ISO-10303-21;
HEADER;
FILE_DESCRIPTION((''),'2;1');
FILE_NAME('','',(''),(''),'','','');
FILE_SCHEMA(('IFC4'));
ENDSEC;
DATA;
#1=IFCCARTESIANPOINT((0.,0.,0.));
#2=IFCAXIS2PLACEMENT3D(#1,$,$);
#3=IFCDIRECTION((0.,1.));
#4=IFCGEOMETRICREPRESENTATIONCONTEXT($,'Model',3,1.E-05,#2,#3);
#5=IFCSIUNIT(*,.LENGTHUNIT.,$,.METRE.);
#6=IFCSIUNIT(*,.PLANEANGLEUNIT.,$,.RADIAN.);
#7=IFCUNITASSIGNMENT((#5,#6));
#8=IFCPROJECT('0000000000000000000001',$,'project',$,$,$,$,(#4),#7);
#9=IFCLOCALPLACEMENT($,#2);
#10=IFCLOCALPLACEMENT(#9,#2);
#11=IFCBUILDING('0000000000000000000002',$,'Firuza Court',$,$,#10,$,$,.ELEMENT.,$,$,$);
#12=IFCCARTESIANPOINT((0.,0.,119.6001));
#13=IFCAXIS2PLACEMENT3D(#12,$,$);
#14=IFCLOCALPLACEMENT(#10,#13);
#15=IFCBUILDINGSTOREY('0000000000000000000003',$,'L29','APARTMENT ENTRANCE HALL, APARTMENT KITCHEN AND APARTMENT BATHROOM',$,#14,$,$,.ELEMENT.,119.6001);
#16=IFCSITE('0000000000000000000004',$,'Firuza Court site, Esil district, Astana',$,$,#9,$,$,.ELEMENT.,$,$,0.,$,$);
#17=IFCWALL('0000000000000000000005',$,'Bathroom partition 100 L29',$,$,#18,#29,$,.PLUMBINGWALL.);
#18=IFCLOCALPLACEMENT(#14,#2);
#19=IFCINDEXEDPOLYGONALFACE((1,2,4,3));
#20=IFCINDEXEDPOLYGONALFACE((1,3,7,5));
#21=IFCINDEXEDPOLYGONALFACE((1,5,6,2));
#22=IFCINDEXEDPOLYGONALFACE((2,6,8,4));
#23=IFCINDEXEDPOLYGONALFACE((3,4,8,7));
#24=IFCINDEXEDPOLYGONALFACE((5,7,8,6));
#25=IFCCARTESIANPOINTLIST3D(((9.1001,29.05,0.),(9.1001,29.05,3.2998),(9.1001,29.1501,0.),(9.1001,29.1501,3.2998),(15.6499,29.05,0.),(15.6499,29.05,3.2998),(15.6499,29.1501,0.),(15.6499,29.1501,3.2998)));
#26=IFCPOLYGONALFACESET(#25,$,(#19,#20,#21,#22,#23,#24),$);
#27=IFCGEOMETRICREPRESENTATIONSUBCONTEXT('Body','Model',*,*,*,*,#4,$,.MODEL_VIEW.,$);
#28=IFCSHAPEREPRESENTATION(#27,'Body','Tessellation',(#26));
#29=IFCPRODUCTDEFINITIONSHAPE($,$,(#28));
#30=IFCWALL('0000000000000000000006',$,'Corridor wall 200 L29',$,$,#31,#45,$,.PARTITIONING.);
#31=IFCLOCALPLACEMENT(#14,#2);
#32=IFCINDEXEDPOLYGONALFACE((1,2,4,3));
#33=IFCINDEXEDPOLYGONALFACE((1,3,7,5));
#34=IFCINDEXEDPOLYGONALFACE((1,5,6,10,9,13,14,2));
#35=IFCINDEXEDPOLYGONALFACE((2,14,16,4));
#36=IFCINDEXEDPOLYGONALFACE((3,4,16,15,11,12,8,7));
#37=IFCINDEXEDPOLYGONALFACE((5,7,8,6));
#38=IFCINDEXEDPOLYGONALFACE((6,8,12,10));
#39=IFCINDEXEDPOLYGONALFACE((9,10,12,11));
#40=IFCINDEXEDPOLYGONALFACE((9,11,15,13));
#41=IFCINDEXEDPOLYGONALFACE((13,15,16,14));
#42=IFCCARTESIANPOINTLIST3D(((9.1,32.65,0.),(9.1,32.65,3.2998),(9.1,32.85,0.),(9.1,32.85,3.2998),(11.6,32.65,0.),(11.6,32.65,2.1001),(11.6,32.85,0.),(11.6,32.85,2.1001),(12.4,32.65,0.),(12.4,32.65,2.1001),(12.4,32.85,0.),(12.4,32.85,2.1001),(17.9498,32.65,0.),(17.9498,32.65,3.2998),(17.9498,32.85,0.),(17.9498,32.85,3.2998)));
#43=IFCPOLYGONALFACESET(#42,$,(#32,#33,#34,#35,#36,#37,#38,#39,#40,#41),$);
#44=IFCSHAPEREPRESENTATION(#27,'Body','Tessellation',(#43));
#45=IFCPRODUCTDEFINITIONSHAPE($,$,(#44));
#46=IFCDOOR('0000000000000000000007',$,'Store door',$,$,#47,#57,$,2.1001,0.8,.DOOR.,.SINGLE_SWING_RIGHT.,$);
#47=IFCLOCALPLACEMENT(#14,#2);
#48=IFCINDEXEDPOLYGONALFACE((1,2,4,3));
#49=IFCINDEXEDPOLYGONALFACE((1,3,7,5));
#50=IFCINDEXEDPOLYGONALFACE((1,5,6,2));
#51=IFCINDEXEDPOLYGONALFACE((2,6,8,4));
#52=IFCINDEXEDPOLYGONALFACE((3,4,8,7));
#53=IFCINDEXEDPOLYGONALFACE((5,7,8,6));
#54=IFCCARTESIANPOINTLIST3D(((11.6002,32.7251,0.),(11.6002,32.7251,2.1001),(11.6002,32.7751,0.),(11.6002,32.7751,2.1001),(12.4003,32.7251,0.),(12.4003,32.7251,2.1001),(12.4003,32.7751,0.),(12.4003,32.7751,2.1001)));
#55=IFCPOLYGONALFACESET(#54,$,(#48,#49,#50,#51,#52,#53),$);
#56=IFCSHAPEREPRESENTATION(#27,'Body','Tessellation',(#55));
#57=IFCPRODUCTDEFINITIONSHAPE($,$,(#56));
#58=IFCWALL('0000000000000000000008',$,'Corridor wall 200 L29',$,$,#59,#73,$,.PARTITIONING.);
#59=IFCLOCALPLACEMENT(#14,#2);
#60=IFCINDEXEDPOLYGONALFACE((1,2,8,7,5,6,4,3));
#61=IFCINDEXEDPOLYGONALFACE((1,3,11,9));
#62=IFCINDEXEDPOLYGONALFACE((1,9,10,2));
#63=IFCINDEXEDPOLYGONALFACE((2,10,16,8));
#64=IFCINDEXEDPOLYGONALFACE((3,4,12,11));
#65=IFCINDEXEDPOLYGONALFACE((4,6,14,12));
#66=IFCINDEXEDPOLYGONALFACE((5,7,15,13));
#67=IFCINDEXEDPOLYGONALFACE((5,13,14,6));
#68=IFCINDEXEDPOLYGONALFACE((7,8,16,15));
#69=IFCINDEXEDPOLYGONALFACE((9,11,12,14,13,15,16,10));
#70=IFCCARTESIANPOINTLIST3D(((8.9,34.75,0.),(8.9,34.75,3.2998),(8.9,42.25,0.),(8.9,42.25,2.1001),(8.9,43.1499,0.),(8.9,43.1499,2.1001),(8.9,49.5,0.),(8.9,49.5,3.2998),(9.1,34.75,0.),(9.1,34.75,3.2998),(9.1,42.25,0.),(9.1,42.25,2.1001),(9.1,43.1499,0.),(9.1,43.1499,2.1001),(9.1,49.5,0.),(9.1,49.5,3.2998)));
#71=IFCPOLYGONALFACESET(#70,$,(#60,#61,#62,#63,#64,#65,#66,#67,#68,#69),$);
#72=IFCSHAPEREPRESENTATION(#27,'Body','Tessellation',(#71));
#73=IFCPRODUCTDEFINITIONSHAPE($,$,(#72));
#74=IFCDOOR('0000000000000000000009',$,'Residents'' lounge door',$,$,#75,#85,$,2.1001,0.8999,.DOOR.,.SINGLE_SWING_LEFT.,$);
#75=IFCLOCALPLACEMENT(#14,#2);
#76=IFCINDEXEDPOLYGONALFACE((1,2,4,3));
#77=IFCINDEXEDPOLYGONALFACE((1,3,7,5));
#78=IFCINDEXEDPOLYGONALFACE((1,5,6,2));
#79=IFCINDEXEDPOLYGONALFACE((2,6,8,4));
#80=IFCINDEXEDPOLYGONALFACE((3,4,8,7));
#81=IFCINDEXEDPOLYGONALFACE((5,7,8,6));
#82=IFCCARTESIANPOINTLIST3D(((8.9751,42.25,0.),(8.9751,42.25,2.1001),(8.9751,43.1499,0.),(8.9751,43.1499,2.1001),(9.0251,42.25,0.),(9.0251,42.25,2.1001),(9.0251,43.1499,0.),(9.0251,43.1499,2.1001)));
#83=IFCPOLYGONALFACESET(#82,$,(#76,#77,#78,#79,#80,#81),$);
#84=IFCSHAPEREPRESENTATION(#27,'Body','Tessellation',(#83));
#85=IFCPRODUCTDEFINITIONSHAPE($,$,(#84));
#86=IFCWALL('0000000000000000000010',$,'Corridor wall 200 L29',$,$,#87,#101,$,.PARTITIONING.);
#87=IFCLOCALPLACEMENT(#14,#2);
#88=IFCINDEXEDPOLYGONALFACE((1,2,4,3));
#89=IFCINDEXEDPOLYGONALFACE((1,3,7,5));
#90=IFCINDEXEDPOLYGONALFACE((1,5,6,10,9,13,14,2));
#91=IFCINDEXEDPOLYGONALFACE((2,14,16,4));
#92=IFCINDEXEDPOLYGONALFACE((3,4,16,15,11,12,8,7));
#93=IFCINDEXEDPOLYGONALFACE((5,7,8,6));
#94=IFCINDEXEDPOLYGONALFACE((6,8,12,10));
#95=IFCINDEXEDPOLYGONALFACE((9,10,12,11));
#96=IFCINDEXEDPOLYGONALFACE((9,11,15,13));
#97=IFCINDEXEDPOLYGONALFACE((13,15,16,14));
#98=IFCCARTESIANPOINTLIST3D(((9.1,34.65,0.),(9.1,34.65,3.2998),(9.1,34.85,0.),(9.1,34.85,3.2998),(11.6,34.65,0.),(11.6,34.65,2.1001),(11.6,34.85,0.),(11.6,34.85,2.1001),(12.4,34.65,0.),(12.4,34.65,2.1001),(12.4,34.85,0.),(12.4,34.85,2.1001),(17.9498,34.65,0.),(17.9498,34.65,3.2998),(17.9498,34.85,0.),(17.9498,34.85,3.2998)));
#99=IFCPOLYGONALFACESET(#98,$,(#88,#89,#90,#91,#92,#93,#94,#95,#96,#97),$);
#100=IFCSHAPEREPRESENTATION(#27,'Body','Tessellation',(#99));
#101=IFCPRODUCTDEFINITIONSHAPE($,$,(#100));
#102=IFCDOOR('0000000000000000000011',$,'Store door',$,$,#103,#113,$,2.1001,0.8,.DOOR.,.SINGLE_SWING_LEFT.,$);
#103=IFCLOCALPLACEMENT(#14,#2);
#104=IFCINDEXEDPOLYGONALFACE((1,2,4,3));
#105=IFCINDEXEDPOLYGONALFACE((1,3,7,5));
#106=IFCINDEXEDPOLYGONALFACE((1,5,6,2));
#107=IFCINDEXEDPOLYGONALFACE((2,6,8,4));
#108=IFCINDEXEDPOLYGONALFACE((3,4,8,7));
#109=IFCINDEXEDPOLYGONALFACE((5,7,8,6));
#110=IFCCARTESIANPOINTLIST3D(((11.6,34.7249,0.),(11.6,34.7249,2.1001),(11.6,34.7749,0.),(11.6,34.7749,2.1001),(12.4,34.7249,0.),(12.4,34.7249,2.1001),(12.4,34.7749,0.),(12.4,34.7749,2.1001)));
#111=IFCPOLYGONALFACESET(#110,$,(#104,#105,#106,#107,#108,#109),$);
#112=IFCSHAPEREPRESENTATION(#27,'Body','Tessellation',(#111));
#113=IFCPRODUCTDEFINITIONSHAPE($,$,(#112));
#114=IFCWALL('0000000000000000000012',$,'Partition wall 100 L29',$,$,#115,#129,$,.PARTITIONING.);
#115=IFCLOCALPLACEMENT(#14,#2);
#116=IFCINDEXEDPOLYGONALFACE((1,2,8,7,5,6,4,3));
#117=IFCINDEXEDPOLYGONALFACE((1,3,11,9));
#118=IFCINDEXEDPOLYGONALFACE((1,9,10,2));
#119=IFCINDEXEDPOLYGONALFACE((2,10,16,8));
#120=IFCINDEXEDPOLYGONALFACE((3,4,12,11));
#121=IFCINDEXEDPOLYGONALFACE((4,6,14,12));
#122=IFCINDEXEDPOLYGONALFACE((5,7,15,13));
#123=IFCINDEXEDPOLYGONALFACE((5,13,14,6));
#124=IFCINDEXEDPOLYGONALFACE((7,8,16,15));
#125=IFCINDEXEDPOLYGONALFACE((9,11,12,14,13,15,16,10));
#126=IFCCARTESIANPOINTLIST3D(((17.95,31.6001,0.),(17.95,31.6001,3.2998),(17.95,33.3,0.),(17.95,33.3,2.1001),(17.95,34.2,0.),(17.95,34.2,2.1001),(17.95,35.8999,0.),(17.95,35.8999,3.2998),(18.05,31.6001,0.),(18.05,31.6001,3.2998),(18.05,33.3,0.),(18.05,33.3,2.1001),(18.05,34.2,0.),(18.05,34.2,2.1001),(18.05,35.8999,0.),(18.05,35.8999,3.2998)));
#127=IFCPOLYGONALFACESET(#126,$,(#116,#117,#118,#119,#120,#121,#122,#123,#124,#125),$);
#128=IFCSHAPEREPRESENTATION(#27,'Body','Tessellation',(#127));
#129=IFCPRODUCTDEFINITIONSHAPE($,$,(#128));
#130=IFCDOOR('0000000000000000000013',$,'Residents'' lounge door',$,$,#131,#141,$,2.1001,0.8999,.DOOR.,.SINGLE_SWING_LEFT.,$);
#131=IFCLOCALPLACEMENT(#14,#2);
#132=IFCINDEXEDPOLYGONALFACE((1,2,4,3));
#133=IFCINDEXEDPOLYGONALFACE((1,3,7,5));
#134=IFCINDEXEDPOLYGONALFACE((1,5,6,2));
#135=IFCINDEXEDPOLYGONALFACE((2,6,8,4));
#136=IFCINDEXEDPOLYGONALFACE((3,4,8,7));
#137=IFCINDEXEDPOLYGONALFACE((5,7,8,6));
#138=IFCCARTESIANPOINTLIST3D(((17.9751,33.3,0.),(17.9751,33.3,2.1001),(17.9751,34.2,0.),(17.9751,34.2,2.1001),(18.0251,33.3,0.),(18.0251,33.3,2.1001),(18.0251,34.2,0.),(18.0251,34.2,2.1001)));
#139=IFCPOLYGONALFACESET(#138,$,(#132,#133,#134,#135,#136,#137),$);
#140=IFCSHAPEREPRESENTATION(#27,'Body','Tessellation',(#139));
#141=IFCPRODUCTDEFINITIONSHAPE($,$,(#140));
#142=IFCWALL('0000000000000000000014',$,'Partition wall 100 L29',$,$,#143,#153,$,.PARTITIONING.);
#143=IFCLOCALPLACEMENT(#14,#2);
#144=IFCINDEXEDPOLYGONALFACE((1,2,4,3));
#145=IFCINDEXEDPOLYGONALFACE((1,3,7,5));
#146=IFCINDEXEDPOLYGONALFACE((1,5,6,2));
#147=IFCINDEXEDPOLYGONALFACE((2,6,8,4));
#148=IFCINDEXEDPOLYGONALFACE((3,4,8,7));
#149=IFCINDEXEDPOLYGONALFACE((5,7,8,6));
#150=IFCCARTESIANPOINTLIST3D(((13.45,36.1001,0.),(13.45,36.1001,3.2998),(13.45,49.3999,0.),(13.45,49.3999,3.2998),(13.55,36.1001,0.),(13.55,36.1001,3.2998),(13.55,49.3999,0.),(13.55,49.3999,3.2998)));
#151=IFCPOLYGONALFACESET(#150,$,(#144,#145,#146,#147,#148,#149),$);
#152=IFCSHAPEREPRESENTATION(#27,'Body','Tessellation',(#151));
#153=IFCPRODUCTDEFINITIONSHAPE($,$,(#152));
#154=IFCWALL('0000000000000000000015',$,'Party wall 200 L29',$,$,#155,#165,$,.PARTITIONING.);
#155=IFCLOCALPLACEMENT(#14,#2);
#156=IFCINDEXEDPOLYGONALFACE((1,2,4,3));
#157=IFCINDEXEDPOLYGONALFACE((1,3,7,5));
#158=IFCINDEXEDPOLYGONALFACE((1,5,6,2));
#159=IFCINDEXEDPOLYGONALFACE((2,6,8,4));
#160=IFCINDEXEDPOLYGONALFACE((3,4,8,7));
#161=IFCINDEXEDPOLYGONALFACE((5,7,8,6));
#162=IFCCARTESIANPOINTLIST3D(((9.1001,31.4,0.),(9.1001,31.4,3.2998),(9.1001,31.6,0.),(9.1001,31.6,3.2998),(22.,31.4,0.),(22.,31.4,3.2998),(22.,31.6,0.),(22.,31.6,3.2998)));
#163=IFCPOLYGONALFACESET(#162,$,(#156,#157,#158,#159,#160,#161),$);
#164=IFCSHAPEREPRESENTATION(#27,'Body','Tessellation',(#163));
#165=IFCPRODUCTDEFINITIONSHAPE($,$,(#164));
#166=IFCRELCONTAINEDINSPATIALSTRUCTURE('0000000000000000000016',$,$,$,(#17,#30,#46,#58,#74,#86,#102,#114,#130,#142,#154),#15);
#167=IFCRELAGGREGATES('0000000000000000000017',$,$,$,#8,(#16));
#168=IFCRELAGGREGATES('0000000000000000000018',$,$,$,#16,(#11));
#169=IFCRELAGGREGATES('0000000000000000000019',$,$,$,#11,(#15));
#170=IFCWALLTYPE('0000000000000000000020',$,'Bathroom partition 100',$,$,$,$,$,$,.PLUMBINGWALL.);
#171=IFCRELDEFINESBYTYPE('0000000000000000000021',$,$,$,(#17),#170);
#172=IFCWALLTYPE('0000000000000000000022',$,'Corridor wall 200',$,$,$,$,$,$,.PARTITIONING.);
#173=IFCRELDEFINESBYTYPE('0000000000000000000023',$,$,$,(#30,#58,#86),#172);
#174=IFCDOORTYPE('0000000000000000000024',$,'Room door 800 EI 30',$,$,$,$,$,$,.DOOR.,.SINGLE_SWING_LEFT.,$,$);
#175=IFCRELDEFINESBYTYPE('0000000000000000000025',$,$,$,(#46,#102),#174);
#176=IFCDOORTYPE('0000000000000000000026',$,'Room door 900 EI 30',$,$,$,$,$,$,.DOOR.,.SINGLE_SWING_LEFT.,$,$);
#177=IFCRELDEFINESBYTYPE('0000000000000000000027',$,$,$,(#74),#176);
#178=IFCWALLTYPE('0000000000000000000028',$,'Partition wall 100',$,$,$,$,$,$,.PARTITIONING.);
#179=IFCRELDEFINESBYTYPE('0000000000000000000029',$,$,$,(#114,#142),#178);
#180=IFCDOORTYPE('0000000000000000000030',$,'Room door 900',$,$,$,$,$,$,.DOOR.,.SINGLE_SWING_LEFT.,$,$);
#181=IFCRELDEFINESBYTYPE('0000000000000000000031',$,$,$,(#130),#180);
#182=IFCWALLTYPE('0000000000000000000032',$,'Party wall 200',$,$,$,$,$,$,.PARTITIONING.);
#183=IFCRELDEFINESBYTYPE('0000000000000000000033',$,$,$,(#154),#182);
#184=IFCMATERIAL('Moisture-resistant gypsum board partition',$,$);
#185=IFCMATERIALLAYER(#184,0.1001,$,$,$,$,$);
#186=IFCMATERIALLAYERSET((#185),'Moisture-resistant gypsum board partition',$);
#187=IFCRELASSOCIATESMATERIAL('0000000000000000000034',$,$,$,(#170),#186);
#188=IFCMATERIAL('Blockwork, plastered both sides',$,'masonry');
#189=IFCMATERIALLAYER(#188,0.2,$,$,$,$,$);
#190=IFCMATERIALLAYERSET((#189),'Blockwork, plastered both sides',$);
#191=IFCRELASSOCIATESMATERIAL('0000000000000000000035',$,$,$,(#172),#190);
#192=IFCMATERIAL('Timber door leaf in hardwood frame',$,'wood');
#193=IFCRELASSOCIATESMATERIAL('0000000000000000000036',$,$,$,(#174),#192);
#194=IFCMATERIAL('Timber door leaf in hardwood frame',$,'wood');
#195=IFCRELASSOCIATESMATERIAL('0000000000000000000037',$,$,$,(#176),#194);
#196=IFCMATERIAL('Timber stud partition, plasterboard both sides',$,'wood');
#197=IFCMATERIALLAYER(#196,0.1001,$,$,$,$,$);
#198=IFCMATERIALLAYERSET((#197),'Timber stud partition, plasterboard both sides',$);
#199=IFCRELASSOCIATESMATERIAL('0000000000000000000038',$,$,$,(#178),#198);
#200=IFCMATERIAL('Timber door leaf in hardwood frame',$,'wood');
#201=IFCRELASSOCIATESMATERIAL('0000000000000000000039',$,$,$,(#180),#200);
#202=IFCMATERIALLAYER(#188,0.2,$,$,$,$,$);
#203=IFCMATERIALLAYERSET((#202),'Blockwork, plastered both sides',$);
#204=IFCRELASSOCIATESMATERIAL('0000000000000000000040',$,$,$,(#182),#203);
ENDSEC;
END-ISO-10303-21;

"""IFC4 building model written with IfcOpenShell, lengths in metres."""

from ifc_helpers import new_model, si_unit, direction, frame, frame_2d, origin, place, context, subcontext, project, spatial, rectangle, extrude, material, layer, layer_set, type_object, element, fill, save


model = new_model("IFC4")

# Units and contexts
model_context = context("Model", 3, precision=1e-05, world=origin(), true_north=direction((0.0, 1.0)))
body_context = subcontext(model_context, "Body", "Model", "MODEL_VIEW")
ifc_project = project(units=[si_unit("LENGTHUNIT", "METRE"), si_unit("PLANEANGLEUNIT", "RADIAN")], contexts=[model_context])

# Site, building, storey
site_placement = place(None, origin())
site = spatial("IfcSite", under=ifc_project, at=site_placement, Name="Firuza Court site, Esil district, Astana", CompositionType="ELEMENT", RefElevation=0.0)
building_placement = place(site_placement, origin())
building = spatial("IfcBuilding", under=site, at=building_placement, Name="Firuza Court", CompositionType="ELEMENT")
storey_placement = place(building_placement, frame((0.0, 0.0, 119.6001)))
storey = spatial("IfcBuildingStorey", under=building, at=storey_placement, Name="L29", Description="APARTMENT ENTRANCE HALL, APARTMENT KITCHEN AND APARTMENT BATHROOM", CompositionType="ELEMENT", Elevation=119.6001)

# Wall
ifc_material_1 = material(Name="Moisture-resistant gypsum board partition")
ifc_layer_1 = layer(ifc_material_1, 0.1001)
ifc_layer_set_1 = layer_set([ifc_layer_1], Name="Moisture-resistant gypsum board partition")
wall_type_1 = type_object("IfcWallType", Name="Bathroom partition 100", PredefinedType="PLUMBINGWALL", material=ifc_layer_set_1)
wall_1_placement = place(storey_placement, frame((9.1001, 29.1001, 0.0), z_axis=(0.0, 0.0, 1.0), x_axis=(1.0, 0.0, 0.0)))
element("IfcWall", 1, at=wall_1_placement, inside=storey, type_object=wall_type_1, Name="Bathroom partition 100 L29", PredefinedType="PLUMBINGWALL", context=body_context, shape_type="SweptSolid", body=[
    extrude(rectangle(XDim=6.5498, YDim=0.1001, at=frame_2d((3.2749, 0.0))), origin(), (0.0, 0.0, 1.0), 3.2998),
])

# Walls, openings, doors
ifc_material_2 = material(Name="Blockwork, plastered both sides", Category="masonry")
ifc_layer_2 = layer(ifc_material_2, 0.2)
ifc_layer_set_2 = layer_set([ifc_layer_2], Name="Blockwork, plastered both sides")
wall_type_2 = type_object("IfcWallType", Name="Corridor wall 200", PredefinedType="PARTITIONING", material=ifc_layer_set_2)
wall_2_placement = place(storey_placement, frame((9.1001, 32.75, 0.0), z_axis=(0.0, 0.0, 1.0), x_axis=(1.0, 0.0, 0.0)))
wall_2 = element("IfcWall", 2, at=wall_2_placement, inside=storey, type_object=wall_type_2, Name="Corridor wall 200 L29", PredefinedType="PARTITIONING", context=body_context, shape_type="SweptSolid", body=[
    extrude(rectangle(XDim=8.8499, YDim=0.2, at=frame_2d((4.4248, 0.0))), origin(), (0.0, 0.0, 1.0), 3.2998),
])
opening_1_placement = place(wall_2_placement, frame((2.5, 0.0, 0.0)))
opening_1 = element("IfcOpeningElement", 3, at=opening_1_placement, cuts=wall_2, PredefinedType="OPENING", context=body_context, shape_type="SweptSolid", body=[
    extrude(rectangle(XDim=0.8, YDim=2.1001, at=frame_2d((0.3999, 1.05))), frame((0.0, 0.1118, 0.0), z_axis=(0.0, -1.0, 0.0), x_axis=(1.0, 0.0, 0.0)), (0.0, 0.0, 1.0), 0.2239),
])
ifc_material_3 = material(Name="Timber door leaf in hardwood frame", Category="wood")
door_type_1 = type_object("IfcDoorType", Name="Room door 800 EI 30", OperationType="SINGLE_SWING_LEFT", PredefinedType="DOOR", material=ifc_material_3)
door_1_placement = place(opening_1_placement, frame((0.8, 0.0, 0.0), z_axis=(0.0, 0.0, 1.0), x_axis=(-1.0, 0.0, 0.0)))
door_1 = element("IfcDoor", 4, at=door_1_placement, inside=storey, type_object=door_type_1, Name="Store door", OperationType="SINGLE_SWING_RIGHT", OverallHeight=2.1001, OverallWidth=0.8, PredefinedType="DOOR", context=body_context, shape_type="SweptSolid", body=[
    extrude(rectangle(XDim=0.8, YDim=2.1001, at=frame_2d((0.3999, 1.05))), frame((0.0, 0.0249, 0.0), z_axis=(0.0, -1.0, 0.0), x_axis=(1.0, 0.0, 0.0)), (0.0, 0.0, 1.0), 0.05),
])
fill(opening_1, door_1)
wall_3_placement = place(storey_placement, frame((9.0, 34.75, 0.0), z_axis=(0.0, 0.0, 1.0), x_axis=(0.0, 1.0, 0.0)))
wall_3 = element("IfcWall", 5, at=wall_3_placement, inside=storey, type_object=wall_type_2, Name="Corridor wall 200 L29", PredefinedType="PARTITIONING", context=body_context, shape_type="SweptSolid", body=[
    extrude(rectangle(XDim=14.75, YDim=0.2, at=frame_2d((7.375, 0.0))), origin(), (0.0, 0.0, 1.0), 3.2998),
])
opening_2_placement = place(wall_3_placement, frame((7.5, 0.0, 0.0)))
opening_2 = element("IfcOpeningElement", 6, at=opening_2_placement, cuts=wall_3, PredefinedType="OPENING", context=body_context, shape_type="SweptSolid", body=[
    extrude(rectangle(XDim=0.8999, YDim=2.1001, at=frame_2d((0.45, 1.05))), frame((0.0, 0.1118, 0.0), z_axis=(0.0, -1.0, 0.0), x_axis=(1.0, 0.0, 0.0)), (0.0, 0.0, 1.0), 0.2239),
])
ifc_material_4 = material(Name="Timber door leaf in hardwood frame", Category="wood")
door_type_2 = type_object("IfcDoorType", Name="Room door 900 EI 30", OperationType="SINGLE_SWING_LEFT", PredefinedType="DOOR", material=ifc_material_4)
door_2_placement = place(opening_2_placement, origin())
door_2 = element("IfcDoor", 7, at=door_2_placement, inside=storey, type_object=door_type_2, Name="Residents' lounge door", OperationType="SINGLE_SWING_LEFT", OverallHeight=2.1001, OverallWidth=0.8999, PredefinedType="DOOR", context=body_context, shape_type="SweptSolid", body=[
    extrude(rectangle(XDim=0.8999, YDim=2.1001, at=frame_2d((0.45, 1.05))), frame((0.0, 0.0249, 0.0), z_axis=(0.0, -1.0, 0.0), x_axis=(1.0, 0.0, 0.0)), (0.0, 0.0, 1.0), 0.05),
])
fill(opening_2, door_2)
wall_4_placement = place(storey_placement, frame((9.1001, 34.75, 0.0), z_axis=(0.0, 0.0, 1.0), x_axis=(1.0, 0.0, 0.0)))
wall_4 = element("IfcWall", 8, at=wall_4_placement, inside=storey, type_object=wall_type_2, Name="Corridor wall 200 L29", PredefinedType="PARTITIONING", context=body_context, shape_type="SweptSolid", body=[
    extrude(rectangle(XDim=8.8499, YDim=0.2, at=frame_2d((4.4248, 0.0))), origin(), (0.0, 0.0, 1.0), 3.2998),
])
opening_3_placement = place(wall_4_placement, frame((2.5, 0.0, 0.0)))
opening_3 = element("IfcOpeningElement", 9, at=opening_3_placement, cuts=wall_4, PredefinedType="OPENING", context=body_context, shape_type="SweptSolid", body=[
    extrude(rectangle(XDim=0.8, YDim=2.1001, at=frame_2d((0.3999, 1.05))), frame((0.0, 0.1118, 0.0), z_axis=(0.0, -1.0, 0.0), x_axis=(1.0, 0.0, 0.0)), (0.0, 0.0, 1.0), 0.2239),
])
door_3_placement = place(opening_3_placement, origin())
door_3 = element("IfcDoor", 10, at=door_3_placement, inside=storey, type_object=door_type_1, Name="Store door", OperationType="SINGLE_SWING_LEFT", OverallHeight=2.1001, OverallWidth=0.8, PredefinedType="DOOR", context=body_context, shape_type="SweptSolid", body=[
    extrude(rectangle(XDim=0.8, YDim=2.1001, at=frame_2d((0.3999, 1.05))), frame((0.0, 0.0249, 0.0), z_axis=(0.0, -1.0, 0.0), x_axis=(1.0, 0.0, 0.0)), (0.0, 0.0, 1.0), 0.05),
])
fill(opening_3, door_3)
ifc_material_5 = material(Name="Timber stud partition, plasterboard both sides", Category="wood")
ifc_layer_3 = layer(ifc_material_5, 0.1001)
ifc_layer_set_3 = layer_set([ifc_layer_3], Name="Timber stud partition, plasterboard both sides")
wall_type_3 = type_object("IfcWallType", Name="Partition wall 100", PredefinedType="PARTITIONING", material=ifc_layer_set_3)
wall_5_placement = place(storey_placement, frame((18.0, 31.6001, 0.0), z_axis=(0.0, 0.0, 1.0), x_axis=(0.0, 1.0, 0.0)))
wall_5 = element("IfcWall", 11, at=wall_5_placement, inside=storey, type_object=wall_type_3, Name="Partition wall 100 L29", PredefinedType="PARTITIONING", context=body_context, shape_type="SweptSolid", body=[
    extrude(rectangle(XDim=4.2998, YDim=0.1001, at=frame_2d((2.1499, 0.0))), origin(), (0.0, 0.0, 1.0), 3.2998),
])
opening_4_placement = place(wall_5_placement, frame((1.7, 0.0, 0.0)))
opening_4 = element("IfcOpeningElement", 12, at=opening_4_placement, cuts=wall_5, PredefinedType="OPENING", context=body_context, shape_type="SweptSolid", body=[
    extrude(rectangle(XDim=0.8999, YDim=2.1001, at=frame_2d((0.45, 1.05))), frame((0.0, 0.062, 0.0), z_axis=(0.0, -1.0, 0.0), x_axis=(1.0, 0.0, 0.0)), (0.0, 0.0, 1.0), 0.124),
])
ifc_material_6 = material(Name="Timber door leaf in hardwood frame", Category="wood")
door_type_3 = type_object("IfcDoorType", Name="Room door 900", OperationType="SINGLE_SWING_LEFT", PredefinedType="DOOR", material=ifc_material_6)
door_4_placement = place(opening_4_placement, origin())
door_4 = element("IfcDoor", 13, at=door_4_placement, inside=storey, type_object=door_type_3, Name="Residents' lounge door", OperationType="SINGLE_SWING_LEFT", OverallHeight=2.1001, OverallWidth=0.8999, PredefinedType="DOOR", context=body_context, shape_type="SweptSolid", body=[
    extrude(rectangle(XDim=0.8999, YDim=2.1001, at=frame_2d((0.45, 1.05))), frame((0.0, 0.0249, 0.0), z_axis=(0.0, -1.0, 0.0), x_axis=(1.0, 0.0, 0.0)), (0.0, 0.0, 1.0), 0.05),
])
fill(opening_4, door_4)

# Walls
wall_6_placement = place(storey_placement, frame((13.5, 36.1001, 0.0), z_axis=(0.0, 0.0, 1.0), x_axis=(0.0, 1.0, 0.0)))
element("IfcWall", 14, at=wall_6_placement, inside=storey, type_object=wall_type_3, Name="Partition wall 100 L29", PredefinedType="PARTITIONING", context=body_context, shape_type="SweptSolid", body=[
    extrude(rectangle(XDim=13.2998, YDim=0.1001, at=frame_2d((6.6499, 0.0))), origin(), (0.0, 0.0, 1.0), 3.2998),
])
ifc_layer_4 = layer(ifc_material_2, 0.2)
ifc_layer_set_4 = layer_set([ifc_layer_4], Name="Blockwork, plastered both sides")
wall_type_4 = type_object("IfcWallType", Name="Party wall 200", PredefinedType="PARTITIONING", material=ifc_layer_set_4)
for number, where, z_axis, x_axis, name in (
    (15, (9.1001, 31.5, 0.0), (0.0, 0.0, 1.0), (1.0, 0.0, 0.0), "Party wall 200 L29"),
):
    element("IfcWall", number, at=place(storey_placement, frame(where, z_axis=z_axis, x_axis=x_axis)), inside=storey, type_object=wall_type_4, Name=name, PredefinedType="PARTITIONING", context=body_context, shape_type="SweptSolid", body=[
        extrude(rectangle(XDim=12.8999, YDim=0.2, at=frame_2d((6.45, 0.0))), origin(), (0.0, 0.0, 1.0), 3.2998),
    ])

save(model, "model.ifc")
